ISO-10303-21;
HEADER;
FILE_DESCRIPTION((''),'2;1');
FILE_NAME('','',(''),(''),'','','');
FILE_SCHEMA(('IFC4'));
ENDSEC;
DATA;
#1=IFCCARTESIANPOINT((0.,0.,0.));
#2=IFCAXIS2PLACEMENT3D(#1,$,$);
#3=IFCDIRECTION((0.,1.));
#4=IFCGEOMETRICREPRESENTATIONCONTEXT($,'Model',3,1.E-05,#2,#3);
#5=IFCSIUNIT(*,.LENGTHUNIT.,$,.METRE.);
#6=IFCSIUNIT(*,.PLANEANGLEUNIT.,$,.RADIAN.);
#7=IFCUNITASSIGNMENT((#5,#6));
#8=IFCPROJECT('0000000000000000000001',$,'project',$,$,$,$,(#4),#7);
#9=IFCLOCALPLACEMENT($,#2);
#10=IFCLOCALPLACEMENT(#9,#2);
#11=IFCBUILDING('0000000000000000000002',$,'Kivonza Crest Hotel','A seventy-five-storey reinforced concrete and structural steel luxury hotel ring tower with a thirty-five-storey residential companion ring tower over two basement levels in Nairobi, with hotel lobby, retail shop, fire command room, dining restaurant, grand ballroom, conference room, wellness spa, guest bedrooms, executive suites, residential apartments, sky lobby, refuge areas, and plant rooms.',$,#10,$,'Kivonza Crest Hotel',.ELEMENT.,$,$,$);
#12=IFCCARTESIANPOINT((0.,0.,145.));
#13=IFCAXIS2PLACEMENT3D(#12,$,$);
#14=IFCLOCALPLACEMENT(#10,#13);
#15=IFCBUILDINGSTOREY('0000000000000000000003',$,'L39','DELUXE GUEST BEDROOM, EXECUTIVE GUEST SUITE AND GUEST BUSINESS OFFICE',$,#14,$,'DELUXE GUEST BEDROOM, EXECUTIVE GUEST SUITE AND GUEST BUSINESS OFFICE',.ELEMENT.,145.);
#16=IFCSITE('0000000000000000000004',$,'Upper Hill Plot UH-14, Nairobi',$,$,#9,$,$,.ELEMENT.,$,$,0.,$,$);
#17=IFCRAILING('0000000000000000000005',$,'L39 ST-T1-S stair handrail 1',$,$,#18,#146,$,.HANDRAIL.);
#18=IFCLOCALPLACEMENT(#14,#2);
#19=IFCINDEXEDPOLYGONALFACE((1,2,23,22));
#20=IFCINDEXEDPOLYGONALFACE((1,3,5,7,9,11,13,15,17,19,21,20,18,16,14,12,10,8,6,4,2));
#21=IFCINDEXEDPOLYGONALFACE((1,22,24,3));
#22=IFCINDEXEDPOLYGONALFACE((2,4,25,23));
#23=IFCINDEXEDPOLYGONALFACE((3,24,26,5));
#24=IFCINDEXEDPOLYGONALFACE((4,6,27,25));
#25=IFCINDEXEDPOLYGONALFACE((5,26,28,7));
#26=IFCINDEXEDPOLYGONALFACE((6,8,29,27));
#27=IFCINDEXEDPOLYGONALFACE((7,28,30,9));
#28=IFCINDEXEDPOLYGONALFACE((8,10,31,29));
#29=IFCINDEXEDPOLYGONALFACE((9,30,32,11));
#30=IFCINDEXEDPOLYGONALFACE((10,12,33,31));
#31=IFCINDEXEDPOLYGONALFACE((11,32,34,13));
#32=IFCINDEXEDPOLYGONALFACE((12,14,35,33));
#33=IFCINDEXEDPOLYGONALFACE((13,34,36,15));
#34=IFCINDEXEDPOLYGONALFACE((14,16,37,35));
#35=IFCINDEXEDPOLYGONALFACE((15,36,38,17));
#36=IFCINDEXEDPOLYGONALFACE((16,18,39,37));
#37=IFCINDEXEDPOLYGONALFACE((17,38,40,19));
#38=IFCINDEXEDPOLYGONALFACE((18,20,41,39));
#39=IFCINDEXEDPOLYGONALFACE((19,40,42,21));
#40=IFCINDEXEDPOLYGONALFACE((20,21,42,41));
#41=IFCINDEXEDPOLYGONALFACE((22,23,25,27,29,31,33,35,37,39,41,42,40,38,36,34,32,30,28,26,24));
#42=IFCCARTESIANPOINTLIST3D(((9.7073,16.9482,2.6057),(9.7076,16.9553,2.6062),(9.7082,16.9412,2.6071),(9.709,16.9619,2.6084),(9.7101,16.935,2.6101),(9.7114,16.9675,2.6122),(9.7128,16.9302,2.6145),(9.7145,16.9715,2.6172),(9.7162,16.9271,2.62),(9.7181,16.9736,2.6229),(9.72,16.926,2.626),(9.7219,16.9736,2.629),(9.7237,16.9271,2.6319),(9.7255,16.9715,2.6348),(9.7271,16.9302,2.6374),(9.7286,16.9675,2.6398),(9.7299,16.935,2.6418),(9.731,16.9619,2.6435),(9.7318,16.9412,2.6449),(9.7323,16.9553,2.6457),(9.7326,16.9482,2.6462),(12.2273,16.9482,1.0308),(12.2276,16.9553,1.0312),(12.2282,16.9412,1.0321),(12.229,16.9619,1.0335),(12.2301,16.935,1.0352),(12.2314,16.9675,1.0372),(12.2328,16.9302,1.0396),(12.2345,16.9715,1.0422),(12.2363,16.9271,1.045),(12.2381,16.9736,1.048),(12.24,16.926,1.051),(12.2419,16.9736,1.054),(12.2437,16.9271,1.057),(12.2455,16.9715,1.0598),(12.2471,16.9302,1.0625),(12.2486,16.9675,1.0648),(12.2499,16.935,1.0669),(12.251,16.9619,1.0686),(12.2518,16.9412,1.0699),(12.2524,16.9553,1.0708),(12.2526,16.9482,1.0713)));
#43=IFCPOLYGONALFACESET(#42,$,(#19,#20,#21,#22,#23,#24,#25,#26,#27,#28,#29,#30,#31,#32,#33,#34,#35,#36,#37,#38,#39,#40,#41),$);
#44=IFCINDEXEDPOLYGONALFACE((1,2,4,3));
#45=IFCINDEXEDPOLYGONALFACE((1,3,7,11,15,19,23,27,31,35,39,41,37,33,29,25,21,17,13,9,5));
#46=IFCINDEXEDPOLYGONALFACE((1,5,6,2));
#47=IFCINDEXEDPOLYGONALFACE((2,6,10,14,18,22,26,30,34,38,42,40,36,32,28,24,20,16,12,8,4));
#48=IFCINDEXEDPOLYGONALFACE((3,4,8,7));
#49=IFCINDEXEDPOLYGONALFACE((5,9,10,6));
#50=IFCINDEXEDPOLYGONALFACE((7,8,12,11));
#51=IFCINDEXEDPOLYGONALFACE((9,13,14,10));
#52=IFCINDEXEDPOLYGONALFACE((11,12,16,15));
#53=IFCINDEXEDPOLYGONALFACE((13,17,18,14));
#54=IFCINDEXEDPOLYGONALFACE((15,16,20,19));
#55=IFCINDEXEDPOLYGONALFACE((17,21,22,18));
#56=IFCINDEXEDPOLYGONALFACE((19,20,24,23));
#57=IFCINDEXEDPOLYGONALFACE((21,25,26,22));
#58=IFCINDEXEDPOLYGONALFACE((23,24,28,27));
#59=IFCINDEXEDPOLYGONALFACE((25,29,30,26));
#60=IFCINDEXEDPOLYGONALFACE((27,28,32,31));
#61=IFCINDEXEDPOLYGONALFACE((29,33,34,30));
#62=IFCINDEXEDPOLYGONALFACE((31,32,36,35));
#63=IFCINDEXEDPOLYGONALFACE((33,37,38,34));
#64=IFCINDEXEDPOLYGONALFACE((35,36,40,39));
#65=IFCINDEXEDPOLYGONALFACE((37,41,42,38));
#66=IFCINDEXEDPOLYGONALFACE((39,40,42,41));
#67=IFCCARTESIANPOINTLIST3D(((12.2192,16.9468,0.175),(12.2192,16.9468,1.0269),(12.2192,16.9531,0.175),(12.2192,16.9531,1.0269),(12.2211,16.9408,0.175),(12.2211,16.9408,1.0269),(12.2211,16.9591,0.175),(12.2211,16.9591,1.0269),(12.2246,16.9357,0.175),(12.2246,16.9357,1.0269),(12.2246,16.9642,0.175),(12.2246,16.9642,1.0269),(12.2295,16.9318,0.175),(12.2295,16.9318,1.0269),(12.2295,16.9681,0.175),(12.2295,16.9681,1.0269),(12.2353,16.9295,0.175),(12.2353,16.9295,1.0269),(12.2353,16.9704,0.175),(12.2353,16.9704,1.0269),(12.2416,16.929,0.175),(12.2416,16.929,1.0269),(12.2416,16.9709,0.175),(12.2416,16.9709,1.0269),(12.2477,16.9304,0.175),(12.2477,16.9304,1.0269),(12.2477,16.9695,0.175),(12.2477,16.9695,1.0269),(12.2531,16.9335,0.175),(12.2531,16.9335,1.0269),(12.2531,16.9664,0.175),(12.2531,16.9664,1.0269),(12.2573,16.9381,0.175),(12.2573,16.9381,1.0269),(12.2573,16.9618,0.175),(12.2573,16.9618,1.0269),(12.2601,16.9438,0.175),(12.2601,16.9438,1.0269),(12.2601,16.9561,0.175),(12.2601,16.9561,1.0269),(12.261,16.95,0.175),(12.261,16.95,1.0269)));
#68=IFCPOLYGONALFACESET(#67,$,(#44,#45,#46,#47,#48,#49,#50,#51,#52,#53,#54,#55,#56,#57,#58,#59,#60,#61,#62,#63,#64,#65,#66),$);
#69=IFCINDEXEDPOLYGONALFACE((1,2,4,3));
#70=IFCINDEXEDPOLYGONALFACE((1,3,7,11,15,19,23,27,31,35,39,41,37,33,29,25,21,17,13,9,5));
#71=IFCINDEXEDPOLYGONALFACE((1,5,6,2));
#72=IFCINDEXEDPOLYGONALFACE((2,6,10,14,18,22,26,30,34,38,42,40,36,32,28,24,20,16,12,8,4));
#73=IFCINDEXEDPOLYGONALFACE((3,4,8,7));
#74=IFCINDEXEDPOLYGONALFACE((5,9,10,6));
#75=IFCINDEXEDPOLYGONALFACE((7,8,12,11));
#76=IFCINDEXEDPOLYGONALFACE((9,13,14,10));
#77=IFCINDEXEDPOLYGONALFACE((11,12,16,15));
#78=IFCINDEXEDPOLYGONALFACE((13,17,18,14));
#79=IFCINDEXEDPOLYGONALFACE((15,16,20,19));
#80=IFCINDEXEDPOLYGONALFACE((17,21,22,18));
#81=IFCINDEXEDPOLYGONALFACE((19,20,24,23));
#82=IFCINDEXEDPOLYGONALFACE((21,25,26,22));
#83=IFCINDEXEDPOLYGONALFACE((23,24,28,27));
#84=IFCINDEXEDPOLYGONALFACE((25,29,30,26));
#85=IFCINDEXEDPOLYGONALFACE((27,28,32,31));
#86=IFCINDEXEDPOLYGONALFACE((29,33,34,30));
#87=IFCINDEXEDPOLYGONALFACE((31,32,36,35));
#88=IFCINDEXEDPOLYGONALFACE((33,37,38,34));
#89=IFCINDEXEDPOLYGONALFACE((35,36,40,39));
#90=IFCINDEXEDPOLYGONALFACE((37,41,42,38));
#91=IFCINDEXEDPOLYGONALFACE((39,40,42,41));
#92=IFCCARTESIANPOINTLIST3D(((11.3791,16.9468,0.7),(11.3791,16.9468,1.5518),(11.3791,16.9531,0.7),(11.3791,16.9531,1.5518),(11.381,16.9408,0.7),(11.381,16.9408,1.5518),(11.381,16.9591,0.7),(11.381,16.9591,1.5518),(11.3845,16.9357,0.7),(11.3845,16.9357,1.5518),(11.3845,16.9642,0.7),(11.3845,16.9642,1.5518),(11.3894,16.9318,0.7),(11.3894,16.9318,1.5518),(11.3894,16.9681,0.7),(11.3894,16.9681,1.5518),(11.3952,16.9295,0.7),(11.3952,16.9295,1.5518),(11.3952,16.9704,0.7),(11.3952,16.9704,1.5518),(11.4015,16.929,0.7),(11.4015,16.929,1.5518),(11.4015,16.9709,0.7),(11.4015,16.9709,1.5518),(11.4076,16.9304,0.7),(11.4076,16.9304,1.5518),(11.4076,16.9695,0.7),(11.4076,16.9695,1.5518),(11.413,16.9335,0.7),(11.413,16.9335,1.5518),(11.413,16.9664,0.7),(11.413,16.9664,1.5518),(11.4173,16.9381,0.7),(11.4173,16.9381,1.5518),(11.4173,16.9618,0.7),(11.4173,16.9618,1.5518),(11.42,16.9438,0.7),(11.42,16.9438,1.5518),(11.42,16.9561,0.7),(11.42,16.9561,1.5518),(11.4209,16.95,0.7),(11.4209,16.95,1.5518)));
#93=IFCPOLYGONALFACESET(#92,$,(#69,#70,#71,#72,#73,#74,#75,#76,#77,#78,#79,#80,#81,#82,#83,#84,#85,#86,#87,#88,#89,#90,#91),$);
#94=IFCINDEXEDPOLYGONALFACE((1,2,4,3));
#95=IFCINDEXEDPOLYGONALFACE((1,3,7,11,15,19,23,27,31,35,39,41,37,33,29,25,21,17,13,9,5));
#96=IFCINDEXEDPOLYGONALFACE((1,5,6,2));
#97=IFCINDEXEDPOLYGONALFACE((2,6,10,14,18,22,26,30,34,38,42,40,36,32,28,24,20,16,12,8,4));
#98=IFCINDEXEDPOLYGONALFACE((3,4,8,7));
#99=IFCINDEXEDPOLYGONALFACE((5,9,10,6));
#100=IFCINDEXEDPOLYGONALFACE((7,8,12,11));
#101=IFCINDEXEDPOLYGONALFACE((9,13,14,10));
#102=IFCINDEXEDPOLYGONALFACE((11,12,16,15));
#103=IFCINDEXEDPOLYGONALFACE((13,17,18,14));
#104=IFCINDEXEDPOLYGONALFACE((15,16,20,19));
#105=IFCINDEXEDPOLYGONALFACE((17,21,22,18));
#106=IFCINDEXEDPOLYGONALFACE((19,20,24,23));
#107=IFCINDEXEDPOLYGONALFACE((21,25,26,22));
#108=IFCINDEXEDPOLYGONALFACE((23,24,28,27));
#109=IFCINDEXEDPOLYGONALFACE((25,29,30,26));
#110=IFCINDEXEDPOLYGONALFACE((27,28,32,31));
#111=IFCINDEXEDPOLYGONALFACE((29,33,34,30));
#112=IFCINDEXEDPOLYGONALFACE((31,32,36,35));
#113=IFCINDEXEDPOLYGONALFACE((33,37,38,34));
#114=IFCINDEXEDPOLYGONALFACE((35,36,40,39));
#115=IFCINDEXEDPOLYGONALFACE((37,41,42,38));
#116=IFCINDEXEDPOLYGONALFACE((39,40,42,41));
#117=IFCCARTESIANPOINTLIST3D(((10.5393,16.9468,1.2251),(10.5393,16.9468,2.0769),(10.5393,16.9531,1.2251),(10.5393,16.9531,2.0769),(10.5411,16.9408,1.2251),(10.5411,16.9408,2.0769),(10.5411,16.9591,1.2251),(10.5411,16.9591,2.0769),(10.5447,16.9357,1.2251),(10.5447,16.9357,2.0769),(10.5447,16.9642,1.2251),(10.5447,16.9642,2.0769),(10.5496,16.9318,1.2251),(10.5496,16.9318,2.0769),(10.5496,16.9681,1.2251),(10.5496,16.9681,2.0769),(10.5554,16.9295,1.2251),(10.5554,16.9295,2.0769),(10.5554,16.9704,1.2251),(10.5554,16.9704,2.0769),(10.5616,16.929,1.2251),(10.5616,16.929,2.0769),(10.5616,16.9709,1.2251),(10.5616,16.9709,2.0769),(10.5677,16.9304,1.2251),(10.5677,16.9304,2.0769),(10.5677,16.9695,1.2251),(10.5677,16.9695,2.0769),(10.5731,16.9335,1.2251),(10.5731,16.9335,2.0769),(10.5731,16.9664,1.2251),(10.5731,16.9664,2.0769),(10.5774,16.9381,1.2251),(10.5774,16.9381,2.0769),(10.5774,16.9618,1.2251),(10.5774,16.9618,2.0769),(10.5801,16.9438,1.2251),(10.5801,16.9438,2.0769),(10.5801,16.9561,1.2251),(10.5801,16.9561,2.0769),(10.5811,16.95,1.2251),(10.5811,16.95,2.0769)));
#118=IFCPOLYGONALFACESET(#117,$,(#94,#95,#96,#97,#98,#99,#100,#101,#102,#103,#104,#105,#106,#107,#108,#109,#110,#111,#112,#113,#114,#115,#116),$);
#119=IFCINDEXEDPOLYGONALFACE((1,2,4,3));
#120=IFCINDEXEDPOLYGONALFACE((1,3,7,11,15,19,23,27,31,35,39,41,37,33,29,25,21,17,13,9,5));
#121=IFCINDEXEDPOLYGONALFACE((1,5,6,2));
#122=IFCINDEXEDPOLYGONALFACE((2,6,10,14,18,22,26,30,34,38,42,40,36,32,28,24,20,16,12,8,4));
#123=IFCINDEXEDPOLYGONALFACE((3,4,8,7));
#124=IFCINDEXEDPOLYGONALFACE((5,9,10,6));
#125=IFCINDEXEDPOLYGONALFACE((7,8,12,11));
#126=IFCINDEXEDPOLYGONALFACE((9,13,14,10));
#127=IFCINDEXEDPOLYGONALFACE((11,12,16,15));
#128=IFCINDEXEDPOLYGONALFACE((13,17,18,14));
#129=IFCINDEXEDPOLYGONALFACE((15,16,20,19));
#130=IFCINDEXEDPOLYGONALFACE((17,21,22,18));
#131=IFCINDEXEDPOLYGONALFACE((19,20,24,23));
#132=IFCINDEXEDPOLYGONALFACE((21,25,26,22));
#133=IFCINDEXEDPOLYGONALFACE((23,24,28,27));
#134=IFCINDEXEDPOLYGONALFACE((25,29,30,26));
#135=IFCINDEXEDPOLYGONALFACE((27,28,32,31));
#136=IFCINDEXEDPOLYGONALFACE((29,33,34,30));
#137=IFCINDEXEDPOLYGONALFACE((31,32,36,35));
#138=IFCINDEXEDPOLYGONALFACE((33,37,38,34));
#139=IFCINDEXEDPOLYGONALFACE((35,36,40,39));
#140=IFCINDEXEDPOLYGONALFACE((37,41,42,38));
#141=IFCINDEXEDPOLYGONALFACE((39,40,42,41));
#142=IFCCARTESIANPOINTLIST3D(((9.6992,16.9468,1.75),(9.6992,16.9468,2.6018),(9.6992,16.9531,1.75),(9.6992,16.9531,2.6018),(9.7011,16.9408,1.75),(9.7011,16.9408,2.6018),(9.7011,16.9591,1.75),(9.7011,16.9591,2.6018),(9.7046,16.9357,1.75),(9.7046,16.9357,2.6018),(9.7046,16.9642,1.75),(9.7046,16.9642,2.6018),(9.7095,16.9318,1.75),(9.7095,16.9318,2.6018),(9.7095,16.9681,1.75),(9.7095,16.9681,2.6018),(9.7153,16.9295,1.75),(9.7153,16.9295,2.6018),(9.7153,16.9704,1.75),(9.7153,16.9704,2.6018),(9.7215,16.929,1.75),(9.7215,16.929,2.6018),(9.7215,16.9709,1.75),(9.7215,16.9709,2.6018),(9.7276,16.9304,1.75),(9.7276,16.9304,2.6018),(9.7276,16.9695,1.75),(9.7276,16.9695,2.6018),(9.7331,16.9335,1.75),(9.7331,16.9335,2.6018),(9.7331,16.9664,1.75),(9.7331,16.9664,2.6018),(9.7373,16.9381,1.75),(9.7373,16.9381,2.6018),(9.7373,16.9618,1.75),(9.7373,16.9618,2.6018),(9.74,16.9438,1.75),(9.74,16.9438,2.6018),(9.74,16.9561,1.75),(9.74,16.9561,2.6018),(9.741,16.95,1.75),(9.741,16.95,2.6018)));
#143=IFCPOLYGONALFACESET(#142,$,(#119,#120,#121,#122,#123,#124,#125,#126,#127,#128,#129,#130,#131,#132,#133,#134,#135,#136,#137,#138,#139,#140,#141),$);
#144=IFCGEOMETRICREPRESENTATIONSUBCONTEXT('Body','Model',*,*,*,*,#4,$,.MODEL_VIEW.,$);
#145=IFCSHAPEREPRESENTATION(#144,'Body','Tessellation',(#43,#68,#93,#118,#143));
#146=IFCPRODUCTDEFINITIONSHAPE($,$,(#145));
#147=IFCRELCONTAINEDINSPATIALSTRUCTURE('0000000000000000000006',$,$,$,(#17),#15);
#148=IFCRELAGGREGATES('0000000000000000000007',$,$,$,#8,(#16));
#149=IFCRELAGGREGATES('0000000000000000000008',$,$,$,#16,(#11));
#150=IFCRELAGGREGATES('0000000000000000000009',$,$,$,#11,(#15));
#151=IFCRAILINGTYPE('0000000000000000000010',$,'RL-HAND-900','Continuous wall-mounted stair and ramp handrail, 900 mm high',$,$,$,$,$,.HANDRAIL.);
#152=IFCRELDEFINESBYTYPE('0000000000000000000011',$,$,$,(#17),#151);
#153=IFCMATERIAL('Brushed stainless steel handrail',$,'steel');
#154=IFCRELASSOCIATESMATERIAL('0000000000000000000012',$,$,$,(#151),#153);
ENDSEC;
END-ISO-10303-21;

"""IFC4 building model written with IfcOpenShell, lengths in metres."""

from ifc_helpers import new_model, si_unit, direction, frame, origin, origin_2d, place, context, subcontext, project, spatial, circle, extrude, material, type_object, element, save


model = new_model("IFC4")

# Units and contexts
model_context = context("Model", 3, precision=1e-05, world=origin(), true_north=direction((0.0, 1.0)))
body_context = subcontext(model_context, "Body", "Model", "MODEL_VIEW")
ifc_project = project(units=[si_unit("LENGTHUNIT", "METRE"), si_unit("PLANEANGLEUNIT", "RADIAN")], contexts=[model_context])

# Site, building, storey
site_placement = place(None, origin())
site = spatial("IfcSite", under=ifc_project, at=site_placement, Name="Upper Hill Plot UH-14, Nairobi", CompositionType="ELEMENT", RefElevation=0.0)
building_placement = place(site_placement, origin())
building = spatial("IfcBuilding", under=site, at=building_placement, Name="Kivonza Crest Hotel", Description="A seventy-five-storey reinforced concrete and structural steel luxury hotel ring tower with a thirty-five-storey residential companion ring tower over two basement levels in Nairobi, with hotel lobby, retail shop, fire command room, dining restaurant, grand ballroom, conference room, wellness spa, guest bedrooms, executive suites, residential apartments, sky lobby, refuge areas, and plant rooms.", LongName="Kivonza Crest Hotel", CompositionType="ELEMENT")
storey_placement = place(building_placement, frame((0.0, 0.0, 145.0)))
storey = spatial("IfcBuildingStorey", under=building, at=storey_placement, Name="L39", Description="DELUXE GUEST BEDROOM, EXECUTIVE GUEST SUITE AND GUEST BUSINESS OFFICE", LongName="DELUXE GUEST BEDROOM, EXECUTIVE GUEST SUITE AND GUEST BUSINESS OFFICE", CompositionType="ELEMENT", Elevation=145.0)

# Railing
ifc_material_1 = material(Name="Brushed stainless steel handrail", Category="steel")
railing_type_1 = type_object("IfcRailingType", Name="RL-HAND-900", Description="Continuous wall-mounted stair and ramp handrail, 900 mm high", PredefinedType="HANDRAIL", material=ifc_material_1)
railing_1_placement = place(storey_placement, frame((12.24, 16.95, 0.175)))
element("IfcRailing", 1, at=railing_1_placement, inside=storey, type_object=railing_type_1, Name="L39 ST-T1-S stair handrail 1", PredefinedType="HANDRAIL", context=body_context, shape_type="SweptSolid", body=[
    extrude(circle(Radius=0.0239, at=origin_2d()), frame((0.0, 0.0, 0.876), z_axis=(-0.848008, 0.0, 0.529984), x_axis=(0.0, -1.0, 0.0)), (0.0, 0.0, 1.0), 2.9717),
    extrude(circle(Radius=0.021, at=origin_2d()), origin(), (0.0, 0.0, 1.0), 0.8518),
    extrude(circle(Radius=0.021, at=origin_2d()), frame((-0.8401, 0.0, 0.5249)), (0.0, 0.0, 1.0), 0.8518),
    extrude(circle(Radius=0.021, at=origin_2d()), frame((-1.6799, 0.0, 1.05)), (0.0, 0.0, 1.0), 0.8518),
    extrude(circle(Radius=0.021, at=origin_2d()), frame((-2.52, 0.0, 1.575)), (0.0, 0.0, 1.0), 0.8518),
])

save(model, "model.ifc")
